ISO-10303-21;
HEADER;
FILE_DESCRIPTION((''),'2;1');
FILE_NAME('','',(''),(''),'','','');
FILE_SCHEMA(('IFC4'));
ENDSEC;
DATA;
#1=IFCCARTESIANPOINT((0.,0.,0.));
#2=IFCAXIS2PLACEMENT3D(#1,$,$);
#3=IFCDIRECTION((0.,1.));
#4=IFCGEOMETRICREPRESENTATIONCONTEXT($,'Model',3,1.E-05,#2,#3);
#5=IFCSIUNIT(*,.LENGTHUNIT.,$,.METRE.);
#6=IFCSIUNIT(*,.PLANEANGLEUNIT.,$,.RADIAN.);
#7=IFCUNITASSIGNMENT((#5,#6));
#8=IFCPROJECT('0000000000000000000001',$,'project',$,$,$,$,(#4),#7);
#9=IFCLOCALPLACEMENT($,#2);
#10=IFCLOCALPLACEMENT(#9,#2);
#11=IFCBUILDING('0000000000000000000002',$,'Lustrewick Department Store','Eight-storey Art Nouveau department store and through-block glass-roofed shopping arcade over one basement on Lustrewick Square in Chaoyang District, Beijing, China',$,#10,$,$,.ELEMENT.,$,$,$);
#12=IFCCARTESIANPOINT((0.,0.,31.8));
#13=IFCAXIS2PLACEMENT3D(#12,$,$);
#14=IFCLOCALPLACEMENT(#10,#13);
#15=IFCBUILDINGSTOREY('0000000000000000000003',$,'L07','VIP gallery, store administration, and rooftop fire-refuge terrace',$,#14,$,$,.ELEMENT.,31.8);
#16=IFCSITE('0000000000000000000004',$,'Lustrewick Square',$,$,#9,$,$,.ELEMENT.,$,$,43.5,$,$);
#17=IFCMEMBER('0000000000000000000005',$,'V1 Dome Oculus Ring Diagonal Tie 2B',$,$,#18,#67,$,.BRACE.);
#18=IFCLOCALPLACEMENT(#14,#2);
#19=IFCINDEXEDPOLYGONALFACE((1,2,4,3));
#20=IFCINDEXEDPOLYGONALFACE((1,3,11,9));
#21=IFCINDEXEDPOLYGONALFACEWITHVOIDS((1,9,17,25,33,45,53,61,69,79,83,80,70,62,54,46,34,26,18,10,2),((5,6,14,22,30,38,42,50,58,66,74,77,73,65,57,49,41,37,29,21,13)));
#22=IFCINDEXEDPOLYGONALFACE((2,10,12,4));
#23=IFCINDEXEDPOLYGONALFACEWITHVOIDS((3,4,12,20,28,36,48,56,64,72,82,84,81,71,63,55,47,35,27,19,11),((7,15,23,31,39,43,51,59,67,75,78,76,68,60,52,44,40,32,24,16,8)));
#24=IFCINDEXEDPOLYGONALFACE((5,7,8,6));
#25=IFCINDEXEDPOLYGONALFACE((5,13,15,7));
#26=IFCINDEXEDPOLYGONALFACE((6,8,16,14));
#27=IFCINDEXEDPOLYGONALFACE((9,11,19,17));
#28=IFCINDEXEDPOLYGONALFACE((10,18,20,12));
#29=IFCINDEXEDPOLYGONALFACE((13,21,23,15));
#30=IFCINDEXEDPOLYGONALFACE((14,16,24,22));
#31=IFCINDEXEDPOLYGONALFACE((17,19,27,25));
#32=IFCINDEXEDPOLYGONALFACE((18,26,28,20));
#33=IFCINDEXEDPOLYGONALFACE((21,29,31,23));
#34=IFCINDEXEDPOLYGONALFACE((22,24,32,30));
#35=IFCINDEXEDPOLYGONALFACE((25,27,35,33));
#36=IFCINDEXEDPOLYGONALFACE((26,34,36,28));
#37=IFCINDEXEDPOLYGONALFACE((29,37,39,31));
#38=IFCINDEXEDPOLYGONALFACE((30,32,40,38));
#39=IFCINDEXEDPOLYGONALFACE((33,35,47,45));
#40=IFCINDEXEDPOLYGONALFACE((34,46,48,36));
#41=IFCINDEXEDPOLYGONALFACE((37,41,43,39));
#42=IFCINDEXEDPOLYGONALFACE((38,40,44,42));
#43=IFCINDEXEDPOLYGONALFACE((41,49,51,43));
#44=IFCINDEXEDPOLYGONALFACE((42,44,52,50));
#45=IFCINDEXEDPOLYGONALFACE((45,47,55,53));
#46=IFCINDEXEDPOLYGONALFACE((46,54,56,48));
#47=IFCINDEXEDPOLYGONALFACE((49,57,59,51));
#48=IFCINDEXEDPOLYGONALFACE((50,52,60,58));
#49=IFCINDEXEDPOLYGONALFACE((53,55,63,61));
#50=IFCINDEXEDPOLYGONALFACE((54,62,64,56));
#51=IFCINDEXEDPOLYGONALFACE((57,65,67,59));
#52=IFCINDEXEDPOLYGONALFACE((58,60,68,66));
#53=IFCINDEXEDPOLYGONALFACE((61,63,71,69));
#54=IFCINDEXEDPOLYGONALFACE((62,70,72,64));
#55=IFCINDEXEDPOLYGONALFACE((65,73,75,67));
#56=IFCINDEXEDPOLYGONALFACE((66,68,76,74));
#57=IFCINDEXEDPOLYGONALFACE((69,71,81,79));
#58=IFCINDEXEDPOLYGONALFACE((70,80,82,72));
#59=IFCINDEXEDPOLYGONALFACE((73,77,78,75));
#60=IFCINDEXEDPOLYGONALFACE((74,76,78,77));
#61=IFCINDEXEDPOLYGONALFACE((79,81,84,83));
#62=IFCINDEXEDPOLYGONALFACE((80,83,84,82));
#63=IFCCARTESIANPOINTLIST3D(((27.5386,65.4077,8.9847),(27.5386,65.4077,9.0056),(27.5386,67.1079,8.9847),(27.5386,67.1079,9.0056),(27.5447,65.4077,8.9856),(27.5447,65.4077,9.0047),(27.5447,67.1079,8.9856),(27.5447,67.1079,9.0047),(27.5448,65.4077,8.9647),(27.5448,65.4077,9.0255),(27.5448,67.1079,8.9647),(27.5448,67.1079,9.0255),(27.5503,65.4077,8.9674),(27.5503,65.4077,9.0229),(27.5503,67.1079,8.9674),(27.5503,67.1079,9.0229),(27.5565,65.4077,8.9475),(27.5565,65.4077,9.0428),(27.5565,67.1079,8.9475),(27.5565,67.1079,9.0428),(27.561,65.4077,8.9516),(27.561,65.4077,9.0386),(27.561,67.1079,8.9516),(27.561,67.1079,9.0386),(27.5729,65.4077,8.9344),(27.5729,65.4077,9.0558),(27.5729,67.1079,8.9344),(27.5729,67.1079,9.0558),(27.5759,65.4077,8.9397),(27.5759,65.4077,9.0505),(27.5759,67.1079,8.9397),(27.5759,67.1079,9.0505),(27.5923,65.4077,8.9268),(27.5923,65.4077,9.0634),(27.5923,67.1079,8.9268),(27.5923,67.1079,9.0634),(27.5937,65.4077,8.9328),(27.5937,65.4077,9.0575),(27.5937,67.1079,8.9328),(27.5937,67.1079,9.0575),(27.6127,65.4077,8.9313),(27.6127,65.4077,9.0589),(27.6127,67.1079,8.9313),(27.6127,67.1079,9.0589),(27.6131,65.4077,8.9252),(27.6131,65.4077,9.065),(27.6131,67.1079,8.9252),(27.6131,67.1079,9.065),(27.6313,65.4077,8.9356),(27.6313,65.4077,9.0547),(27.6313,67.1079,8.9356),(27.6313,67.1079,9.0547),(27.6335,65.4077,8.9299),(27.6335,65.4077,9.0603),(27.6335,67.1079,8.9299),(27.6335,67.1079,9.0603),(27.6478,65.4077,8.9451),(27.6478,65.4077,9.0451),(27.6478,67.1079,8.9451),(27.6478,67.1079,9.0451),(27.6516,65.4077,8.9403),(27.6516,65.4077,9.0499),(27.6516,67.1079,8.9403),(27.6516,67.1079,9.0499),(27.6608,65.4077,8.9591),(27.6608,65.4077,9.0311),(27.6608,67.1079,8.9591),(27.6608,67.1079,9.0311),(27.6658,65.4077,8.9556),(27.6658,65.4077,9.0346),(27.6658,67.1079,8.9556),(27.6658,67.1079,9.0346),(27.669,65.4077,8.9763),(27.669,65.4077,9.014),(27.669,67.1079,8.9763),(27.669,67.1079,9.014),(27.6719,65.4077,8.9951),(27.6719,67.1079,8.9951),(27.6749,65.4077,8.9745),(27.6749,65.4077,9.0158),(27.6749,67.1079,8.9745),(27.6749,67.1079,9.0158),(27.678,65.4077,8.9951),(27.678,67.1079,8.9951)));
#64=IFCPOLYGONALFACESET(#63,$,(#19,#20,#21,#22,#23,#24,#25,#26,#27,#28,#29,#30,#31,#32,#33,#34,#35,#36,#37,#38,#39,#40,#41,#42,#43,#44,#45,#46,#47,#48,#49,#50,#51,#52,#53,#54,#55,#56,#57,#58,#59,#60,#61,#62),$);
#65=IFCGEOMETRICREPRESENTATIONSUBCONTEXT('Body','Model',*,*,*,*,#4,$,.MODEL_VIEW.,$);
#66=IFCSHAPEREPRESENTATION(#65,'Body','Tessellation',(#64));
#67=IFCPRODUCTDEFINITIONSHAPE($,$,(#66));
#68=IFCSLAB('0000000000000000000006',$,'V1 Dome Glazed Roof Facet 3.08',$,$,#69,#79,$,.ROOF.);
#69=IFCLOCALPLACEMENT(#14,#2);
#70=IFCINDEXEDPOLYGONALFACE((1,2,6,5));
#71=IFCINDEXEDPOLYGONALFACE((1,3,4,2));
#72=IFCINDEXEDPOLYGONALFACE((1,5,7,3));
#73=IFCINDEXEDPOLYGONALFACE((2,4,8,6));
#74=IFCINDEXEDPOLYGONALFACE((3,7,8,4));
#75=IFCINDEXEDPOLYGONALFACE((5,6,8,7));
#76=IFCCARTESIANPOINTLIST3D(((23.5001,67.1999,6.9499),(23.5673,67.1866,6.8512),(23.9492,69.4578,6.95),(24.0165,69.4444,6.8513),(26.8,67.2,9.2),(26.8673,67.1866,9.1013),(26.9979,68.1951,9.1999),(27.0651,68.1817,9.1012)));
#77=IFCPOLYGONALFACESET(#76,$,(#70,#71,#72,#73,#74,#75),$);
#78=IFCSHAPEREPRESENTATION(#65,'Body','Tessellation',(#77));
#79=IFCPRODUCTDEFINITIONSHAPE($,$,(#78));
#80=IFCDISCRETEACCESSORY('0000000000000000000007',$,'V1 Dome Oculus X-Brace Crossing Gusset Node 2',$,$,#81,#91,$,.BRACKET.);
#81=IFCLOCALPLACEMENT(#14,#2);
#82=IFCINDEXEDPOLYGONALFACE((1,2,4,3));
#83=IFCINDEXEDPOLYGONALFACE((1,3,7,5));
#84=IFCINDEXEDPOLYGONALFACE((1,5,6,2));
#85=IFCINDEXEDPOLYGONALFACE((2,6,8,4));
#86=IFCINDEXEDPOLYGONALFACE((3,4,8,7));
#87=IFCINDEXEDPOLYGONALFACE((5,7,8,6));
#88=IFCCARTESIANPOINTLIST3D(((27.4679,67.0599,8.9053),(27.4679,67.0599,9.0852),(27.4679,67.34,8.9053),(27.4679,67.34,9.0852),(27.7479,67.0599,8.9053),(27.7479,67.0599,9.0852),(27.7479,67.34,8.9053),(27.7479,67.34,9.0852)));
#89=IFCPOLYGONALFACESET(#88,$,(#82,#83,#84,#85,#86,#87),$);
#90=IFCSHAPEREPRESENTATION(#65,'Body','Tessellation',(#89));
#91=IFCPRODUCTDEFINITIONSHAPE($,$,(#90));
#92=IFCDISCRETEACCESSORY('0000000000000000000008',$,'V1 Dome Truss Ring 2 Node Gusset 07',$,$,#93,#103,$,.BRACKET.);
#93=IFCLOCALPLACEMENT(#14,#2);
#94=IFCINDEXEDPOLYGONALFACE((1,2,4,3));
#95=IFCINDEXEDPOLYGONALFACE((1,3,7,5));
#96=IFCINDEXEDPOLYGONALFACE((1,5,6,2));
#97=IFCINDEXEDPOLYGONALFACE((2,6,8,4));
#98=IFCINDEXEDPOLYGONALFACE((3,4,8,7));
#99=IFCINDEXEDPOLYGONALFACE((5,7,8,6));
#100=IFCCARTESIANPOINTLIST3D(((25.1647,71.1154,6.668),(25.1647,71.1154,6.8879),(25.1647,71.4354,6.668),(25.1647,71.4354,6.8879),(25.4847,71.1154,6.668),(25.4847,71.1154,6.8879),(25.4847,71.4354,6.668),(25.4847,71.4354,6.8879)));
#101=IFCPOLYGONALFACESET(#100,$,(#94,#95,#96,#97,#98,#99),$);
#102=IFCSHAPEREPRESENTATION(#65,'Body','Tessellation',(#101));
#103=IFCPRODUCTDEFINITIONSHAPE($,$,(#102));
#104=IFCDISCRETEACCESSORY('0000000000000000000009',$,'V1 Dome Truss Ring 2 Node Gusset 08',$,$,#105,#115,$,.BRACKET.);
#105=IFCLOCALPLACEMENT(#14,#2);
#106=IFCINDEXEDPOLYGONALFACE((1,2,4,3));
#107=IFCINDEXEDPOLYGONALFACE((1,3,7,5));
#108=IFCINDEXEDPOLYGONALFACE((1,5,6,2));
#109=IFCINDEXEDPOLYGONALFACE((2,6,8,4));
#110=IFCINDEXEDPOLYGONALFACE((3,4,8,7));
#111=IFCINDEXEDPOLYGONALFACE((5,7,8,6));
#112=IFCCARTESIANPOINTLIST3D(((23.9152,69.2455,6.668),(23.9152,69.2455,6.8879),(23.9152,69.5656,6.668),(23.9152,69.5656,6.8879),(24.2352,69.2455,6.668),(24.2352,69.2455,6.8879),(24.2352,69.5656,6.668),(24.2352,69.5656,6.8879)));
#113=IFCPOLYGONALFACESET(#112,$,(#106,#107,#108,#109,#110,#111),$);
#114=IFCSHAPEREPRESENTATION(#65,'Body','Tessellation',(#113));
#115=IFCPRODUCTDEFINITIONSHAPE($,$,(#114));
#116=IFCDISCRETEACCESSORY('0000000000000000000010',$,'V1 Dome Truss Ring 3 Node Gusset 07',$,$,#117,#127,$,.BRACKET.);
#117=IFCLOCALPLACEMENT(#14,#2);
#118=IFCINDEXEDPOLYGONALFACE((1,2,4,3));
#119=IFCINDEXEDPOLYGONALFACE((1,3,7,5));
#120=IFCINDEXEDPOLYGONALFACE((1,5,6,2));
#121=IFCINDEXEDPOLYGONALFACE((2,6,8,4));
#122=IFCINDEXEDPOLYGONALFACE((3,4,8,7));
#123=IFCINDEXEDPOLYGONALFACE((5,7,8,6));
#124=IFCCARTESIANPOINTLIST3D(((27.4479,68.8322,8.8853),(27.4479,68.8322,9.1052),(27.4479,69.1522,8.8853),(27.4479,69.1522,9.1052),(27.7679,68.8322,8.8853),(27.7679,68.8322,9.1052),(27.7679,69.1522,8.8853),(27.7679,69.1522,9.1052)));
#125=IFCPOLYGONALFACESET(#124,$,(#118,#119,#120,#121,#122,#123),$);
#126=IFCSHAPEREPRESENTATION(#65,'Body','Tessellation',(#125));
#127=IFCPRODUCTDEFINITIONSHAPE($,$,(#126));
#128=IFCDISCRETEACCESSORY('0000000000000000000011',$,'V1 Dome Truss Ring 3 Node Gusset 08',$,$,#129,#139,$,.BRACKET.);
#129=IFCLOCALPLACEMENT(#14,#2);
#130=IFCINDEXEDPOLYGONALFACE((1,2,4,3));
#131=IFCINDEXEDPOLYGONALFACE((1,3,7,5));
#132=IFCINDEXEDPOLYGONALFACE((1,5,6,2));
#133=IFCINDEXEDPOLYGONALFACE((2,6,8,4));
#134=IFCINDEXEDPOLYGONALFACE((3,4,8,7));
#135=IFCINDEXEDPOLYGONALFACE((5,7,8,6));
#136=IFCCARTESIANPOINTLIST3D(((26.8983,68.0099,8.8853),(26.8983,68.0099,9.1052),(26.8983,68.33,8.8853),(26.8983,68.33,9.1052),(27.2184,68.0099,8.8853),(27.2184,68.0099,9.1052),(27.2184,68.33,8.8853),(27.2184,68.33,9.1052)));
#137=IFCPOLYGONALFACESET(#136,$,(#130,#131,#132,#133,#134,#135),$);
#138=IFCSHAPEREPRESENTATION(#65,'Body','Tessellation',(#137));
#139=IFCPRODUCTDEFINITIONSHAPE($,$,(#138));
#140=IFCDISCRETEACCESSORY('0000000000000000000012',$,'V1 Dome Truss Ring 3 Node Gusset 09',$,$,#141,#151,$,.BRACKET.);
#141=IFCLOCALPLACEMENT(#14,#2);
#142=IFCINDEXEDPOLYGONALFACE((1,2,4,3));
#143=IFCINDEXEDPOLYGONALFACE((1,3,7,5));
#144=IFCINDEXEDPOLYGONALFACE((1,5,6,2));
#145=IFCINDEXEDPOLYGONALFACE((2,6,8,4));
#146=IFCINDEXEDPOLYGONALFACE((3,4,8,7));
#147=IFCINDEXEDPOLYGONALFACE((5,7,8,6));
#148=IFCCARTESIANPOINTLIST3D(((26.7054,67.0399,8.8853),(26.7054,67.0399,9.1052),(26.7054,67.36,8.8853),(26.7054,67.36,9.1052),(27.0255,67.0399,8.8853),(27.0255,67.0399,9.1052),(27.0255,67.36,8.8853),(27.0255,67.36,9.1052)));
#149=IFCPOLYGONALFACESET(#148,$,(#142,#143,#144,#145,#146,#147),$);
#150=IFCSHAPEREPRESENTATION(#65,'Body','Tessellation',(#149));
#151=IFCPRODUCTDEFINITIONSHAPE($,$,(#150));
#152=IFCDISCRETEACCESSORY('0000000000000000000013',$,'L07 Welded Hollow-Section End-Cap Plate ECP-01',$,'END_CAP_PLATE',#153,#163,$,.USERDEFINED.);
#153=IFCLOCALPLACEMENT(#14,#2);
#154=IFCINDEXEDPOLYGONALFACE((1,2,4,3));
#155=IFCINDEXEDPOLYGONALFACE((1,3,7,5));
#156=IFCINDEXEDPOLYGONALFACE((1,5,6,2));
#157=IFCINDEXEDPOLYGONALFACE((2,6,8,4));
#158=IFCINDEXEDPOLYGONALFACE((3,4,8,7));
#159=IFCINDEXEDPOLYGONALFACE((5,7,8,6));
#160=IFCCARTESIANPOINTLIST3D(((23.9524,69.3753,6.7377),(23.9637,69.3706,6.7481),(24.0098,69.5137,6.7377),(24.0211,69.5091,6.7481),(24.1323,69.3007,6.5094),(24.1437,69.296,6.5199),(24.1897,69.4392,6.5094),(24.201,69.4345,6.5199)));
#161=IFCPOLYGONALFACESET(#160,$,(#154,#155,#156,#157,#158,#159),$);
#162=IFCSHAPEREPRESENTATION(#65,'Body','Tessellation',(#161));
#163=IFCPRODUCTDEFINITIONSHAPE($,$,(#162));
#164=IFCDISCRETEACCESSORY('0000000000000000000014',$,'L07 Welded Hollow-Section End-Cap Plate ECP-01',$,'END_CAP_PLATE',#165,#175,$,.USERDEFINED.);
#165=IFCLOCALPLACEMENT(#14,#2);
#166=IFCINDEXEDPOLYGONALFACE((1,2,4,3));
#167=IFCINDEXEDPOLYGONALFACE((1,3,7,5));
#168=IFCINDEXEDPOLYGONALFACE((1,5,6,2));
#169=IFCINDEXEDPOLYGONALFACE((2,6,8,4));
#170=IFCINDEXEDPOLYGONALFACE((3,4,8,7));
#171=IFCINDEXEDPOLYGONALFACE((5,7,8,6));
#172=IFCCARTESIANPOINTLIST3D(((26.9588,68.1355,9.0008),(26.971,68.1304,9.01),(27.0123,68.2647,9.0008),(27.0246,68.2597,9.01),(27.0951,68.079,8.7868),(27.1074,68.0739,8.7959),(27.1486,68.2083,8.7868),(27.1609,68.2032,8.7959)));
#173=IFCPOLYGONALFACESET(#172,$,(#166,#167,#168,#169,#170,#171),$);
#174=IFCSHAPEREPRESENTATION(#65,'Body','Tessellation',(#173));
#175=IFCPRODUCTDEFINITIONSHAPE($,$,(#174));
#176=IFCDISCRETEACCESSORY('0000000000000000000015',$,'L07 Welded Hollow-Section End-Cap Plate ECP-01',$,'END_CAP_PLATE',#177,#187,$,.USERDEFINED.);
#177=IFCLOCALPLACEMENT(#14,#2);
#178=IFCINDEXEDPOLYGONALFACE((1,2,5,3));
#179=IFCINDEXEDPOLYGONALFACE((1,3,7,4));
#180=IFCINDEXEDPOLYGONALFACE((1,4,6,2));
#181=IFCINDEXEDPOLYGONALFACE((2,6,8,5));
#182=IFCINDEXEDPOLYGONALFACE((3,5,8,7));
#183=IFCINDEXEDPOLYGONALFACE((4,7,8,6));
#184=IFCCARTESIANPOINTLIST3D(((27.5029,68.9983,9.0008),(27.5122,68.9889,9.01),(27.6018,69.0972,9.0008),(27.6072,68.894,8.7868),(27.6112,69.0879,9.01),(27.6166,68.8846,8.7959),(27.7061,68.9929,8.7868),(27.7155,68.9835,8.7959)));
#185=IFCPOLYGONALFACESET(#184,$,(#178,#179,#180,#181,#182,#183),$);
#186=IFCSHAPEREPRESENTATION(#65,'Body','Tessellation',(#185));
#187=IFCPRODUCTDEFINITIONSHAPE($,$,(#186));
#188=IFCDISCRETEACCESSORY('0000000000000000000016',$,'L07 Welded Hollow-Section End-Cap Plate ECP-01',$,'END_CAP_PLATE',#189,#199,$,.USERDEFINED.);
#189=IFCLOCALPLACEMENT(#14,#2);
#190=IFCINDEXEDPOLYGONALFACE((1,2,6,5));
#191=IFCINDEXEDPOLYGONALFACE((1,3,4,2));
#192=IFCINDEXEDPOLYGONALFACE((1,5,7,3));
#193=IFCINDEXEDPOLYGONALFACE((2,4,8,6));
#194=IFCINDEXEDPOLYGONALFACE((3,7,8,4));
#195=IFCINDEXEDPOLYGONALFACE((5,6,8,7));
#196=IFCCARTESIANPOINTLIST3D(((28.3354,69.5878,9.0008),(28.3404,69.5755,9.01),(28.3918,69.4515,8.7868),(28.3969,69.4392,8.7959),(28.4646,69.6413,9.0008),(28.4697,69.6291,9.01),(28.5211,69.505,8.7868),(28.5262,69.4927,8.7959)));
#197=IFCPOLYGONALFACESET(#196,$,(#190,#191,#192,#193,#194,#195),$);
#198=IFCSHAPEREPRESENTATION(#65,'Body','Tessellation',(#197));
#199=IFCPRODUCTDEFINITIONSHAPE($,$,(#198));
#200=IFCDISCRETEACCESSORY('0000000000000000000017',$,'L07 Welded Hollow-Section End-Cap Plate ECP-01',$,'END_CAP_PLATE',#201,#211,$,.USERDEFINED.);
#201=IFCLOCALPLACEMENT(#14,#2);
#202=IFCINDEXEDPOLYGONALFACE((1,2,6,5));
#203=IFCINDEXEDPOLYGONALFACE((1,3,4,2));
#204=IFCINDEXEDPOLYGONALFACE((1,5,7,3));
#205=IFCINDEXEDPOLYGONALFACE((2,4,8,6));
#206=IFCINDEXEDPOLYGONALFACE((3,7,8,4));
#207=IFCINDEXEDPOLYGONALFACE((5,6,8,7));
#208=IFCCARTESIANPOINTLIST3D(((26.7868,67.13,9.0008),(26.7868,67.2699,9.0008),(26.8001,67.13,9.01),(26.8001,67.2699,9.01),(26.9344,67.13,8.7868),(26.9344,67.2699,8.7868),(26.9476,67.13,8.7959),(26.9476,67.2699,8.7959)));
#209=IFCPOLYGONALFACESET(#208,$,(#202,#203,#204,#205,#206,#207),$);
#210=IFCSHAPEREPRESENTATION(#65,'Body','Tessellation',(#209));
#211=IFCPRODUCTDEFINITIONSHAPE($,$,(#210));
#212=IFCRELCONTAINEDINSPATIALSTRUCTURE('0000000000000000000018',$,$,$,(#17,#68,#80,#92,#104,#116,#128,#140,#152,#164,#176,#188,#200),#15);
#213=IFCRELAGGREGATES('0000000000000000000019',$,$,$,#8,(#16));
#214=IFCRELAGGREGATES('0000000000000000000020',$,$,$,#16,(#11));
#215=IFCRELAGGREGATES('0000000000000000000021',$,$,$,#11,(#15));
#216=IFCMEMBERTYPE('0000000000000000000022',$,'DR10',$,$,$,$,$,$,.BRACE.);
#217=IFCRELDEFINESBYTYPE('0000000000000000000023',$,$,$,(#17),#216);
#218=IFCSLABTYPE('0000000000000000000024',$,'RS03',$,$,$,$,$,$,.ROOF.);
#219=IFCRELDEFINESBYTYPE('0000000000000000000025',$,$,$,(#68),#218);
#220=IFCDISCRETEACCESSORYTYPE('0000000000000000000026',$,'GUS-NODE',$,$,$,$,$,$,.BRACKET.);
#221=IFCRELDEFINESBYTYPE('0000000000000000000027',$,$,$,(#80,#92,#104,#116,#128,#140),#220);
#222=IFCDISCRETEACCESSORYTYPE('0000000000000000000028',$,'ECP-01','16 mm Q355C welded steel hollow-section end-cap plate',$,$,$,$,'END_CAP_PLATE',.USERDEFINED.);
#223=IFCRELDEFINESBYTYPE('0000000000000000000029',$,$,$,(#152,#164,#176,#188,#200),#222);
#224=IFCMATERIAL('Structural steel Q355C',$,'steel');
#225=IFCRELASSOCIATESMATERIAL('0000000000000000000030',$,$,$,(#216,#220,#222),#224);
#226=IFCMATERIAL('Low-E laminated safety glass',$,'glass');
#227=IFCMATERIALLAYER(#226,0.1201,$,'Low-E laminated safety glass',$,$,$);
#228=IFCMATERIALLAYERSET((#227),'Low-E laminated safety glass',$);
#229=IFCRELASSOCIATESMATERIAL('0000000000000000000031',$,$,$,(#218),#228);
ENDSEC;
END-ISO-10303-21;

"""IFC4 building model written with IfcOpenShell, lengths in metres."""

from ifc_helpers import new_model, si_unit, direction, frame, origin, origin_2d, place, context, subcontext, project, spatial, polyline, rectangle, hollow_circle, outline, extrude, material, layer, layer_set, material_profile, profile_set, type_object, element, save


model = new_model("IFC4")

# Units and contexts
model_context = context("Model", 3, precision=1e-05, world=origin(), true_north=direction((0.0, 1.0)))
body_context = subcontext(model_context, "Body", "Model", "MODEL_VIEW")
ifc_project = project(units=[si_unit("LENGTHUNIT", "METRE"), si_unit("PLANEANGLEUNIT", "RADIAN")], contexts=[model_context])

# Site, building, storey
site_placement = place(None, origin())
site = spatial("IfcSite", under=ifc_project, at=site_placement, Name="Lustrewick Square", CompositionType="ELEMENT", RefElevation=43.5)
building_placement = place(site_placement, origin())
building = spatial("IfcBuilding", under=site, at=building_placement, Name="Lustrewick Department Store", Description="Eight-storey Art Nouveau department store and through-block glass-roofed shopping arcade over one basement on Lustrewick Square in Chaoyang District, Beijing, China", CompositionType="ELEMENT")
storey_placement = place(building_placement, frame((0.0, 0.0, 31.8)))
storey = spatial("IfcBuildingStorey", under=building, at=storey_placement, Name="L07", Description="VIP gallery, store administration, and rooftop fire-refuge terrace", CompositionType="ELEMENT", Elevation=31.8)

# Member
ifc_material_1 = material(Name="Structural steel Q355C", Category="steel")
ifc_material_profile_1 = material_profile(ifc_material_1, hollow_circle(Radius=0.0701, WallThickness=0.0061, at=origin_2d()), Name="CHS 140x6")
ifc_profile_set_1 = profile_set([ifc_material_profile_1], Name="Structural steel Q355C")
member_type_1 = type_object("IfcMemberType", Name="DR10", PredefinedType="BRACE", material=ifc_profile_set_1)
for number, where, z_axis, x_axis, name in (
    (1, (27.6079, 67.1079, 8.9951), (0.0, -1.0, 0.0), (1.0, 0.0, 0.0), "V1 Dome Oculus Ring Diagonal Tie 2B"),
):
    element("IfcMember", number, at=place(storey_placement, frame(where, z_axis=z_axis, x_axis=x_axis)), inside=storey, type_object=member_type_1, Name=name, PredefinedType="BRACE", context=body_context, shape_type="SweptSolid", body=[
        extrude(hollow_circle(Radius=0.0701, WallThickness=0.0061, at=origin_2d()), origin(), (0.0, 0.0, 1.0), 1.7002),
    ])

# Slab
ifc_material_2 = material(Name="Low-E laminated safety glass", Category="glass")
ifc_layer = layer(ifc_material_2, 0.1201, Name="Low-E laminated safety glass")
ifc_layer_set = layer_set([ifc_layer], Name="Low-E laminated safety glass")
slab_type = type_object("IfcSlabType", Name="RS03", PredefinedType="ROOF", material=ifc_layer_set)
slab_placement = place(storey_placement, frame((23.9492, 69.4578, 6.95), z_axis=(-0.559847, 0.111348, 0.82108), x_axis=(-0.195115, -0.98078, -0.000033)))
element("IfcSlab", 2, at=slab_placement, inside=storey, type_object=slab_type, Name="V1 Dome Glazed Roof Facet 3.08", PredefinedType="ROOF", context=body_context, shape_type="SweptSolid", body=[
    extrude(outline(polyline([(0.0, 0.0), (2.3021, 0.0), (1.6581, 3.9418), (0.6435, 3.9417), (0.0, 0.0)])), origin(), (0.0, 0.0, -1.0), 0.1201),
])

# Discrete accessories
discrete_accessory_type_1 = type_object("IfcDiscreteAccessoryType", Name="GUS-NODE", PredefinedType="BRACKET", material=ifc_material_1)
discrete_accessory_1_placement = place(storey_placement, frame((27.6079, 67.2, 8.9053), z_axis=(0.0, 0.0, 1.0), x_axis=(1.0, 0.0, 0.0)))
element("IfcDiscreteAccessory", 3, at=discrete_accessory_1_placement, inside=storey, type_object=discrete_accessory_type_1, Name="V1 Dome Oculus X-Brace Crossing Gusset Node 2", PredefinedType="BRACKET", context=body_context, shape_type="SweptSolid", body=[
    extrude(rectangle(XDim=0.28, YDim=0.28, at=origin_2d()), origin(), (0.0, 0.0, 1.0), 0.1799),
])
for number, where, z_axis, x_axis, name in (
    (4, (25.3247, 71.2754, 6.668), (0.0, 0.0, 1.0), (1.0, 0.0, 0.0), "V1 Dome Truss Ring 2 Node Gusset 07"),
    (5, (24.0752, 69.4055, 6.668), (0.0, 0.0, 1.0), (1.0, 0.0, 0.0), "V1 Dome Truss Ring 2 Node Gusset 08"),
    (6, (27.6079, 68.9922, 8.8853), (0.0, 0.0, 1.0), (1.0, 0.0, 0.0), "V1 Dome Truss Ring 3 Node Gusset 07"),
    (7, (27.0583, 68.1699, 8.8853), (0.0, 0.0, 1.0), (1.0, 0.0, 0.0), "V1 Dome Truss Ring 3 Node Gusset 08"),
    (8, (26.8655, 67.2, 8.8853), (0.0, 0.0, 1.0), (1.0, 0.0, 0.0), "V1 Dome Truss Ring 3 Node Gusset 09"),
):
    element("IfcDiscreteAccessory", number, at=place(storey_placement, frame(where, z_axis=z_axis, x_axis=x_axis)), inside=storey, type_object=discrete_accessory_type_1, Name=name, PredefinedType="BRACKET", context=body_context, shape_type="SweptSolid", body=[
        extrude(rectangle(XDim=0.3201, YDim=0.3201, at=origin_2d()), origin(), (0.0, 0.0, 1.0), 0.22),
    ])
discrete_accessory_type_2 = type_object("IfcDiscreteAccessoryType", Name="ECP-01", Description="16 mm Q355C welded steel hollow-section end-cap plate", ElementType="END_CAP_PLATE", PredefinedType="USERDEFINED", material=ifc_material_1)
discrete_accessory_2_placement = place(storey_placement, frame((24.071, 69.4072, 6.6235), z_axis=(0.702741, -0.291108, 0.649162), x_axis=(0.382709, 0.923869, 0.0)))
element("IfcDiscreteAccessory", 9, at=discrete_accessory_2_placement, inside=storey, type_object=discrete_accessory_type_2, Name="L07 Welded Hollow-Section End-Cap Plate ECP-01", ObjectType="END_CAP_PLATE", PredefinedType="USERDEFINED", context=body_context, shape_type="SweptSolid", body=[
    extrude(rectangle(XDim=0.1499, YDim=0.3, at=origin_2d()), origin(), (0.0, 0.0, 1.0), 0.0161),
])
for number, where, z_axis, x_axis, name in (
    (10, (27.0537, 68.1719, 8.8938), (0.760678, -0.315107, 0.567518), (0.382708, 0.923869, 0.0), "L07 Welded Hollow-Section End-Cap Plate ECP-01"),
    (11, (27.6045, 68.9956, 8.8938), (0.582215, -0.582215, 0.567496), (0.707107, 0.707107, 0.0), "L07 Welded Hollow-Section End-Cap Plate ECP-01"),
    (12, (28.4282, 69.5464, 8.8938), (0.315107, -0.760678, 0.567518), (0.923869, 0.382708, 0.0), "L07 Welded Hollow-Section End-Cap Plate ECP-01"),
    (13, (26.8606, 67.2, 8.8938), (0.823365, 0.0, 0.567512), (0.0, 1.0, 0.0), "L07 Welded Hollow-Section End-Cap Plate ECP-01"),
):
    element("IfcDiscreteAccessory", number, at=place(storey_placement, frame(where, z_axis=z_axis, x_axis=x_axis)), inside=storey, type_object=discrete_accessory_type_2, Name=name, ObjectType="END_CAP_PLATE", PredefinedType="USERDEFINED", context=body_context, shape_type="SweptSolid", body=[
        extrude(rectangle(XDim=0.1399, YDim=0.26, at=origin_2d()), origin(), (0.0, 0.0, 1.0), 0.0161),
    ])

save(model, "model.ifc")
